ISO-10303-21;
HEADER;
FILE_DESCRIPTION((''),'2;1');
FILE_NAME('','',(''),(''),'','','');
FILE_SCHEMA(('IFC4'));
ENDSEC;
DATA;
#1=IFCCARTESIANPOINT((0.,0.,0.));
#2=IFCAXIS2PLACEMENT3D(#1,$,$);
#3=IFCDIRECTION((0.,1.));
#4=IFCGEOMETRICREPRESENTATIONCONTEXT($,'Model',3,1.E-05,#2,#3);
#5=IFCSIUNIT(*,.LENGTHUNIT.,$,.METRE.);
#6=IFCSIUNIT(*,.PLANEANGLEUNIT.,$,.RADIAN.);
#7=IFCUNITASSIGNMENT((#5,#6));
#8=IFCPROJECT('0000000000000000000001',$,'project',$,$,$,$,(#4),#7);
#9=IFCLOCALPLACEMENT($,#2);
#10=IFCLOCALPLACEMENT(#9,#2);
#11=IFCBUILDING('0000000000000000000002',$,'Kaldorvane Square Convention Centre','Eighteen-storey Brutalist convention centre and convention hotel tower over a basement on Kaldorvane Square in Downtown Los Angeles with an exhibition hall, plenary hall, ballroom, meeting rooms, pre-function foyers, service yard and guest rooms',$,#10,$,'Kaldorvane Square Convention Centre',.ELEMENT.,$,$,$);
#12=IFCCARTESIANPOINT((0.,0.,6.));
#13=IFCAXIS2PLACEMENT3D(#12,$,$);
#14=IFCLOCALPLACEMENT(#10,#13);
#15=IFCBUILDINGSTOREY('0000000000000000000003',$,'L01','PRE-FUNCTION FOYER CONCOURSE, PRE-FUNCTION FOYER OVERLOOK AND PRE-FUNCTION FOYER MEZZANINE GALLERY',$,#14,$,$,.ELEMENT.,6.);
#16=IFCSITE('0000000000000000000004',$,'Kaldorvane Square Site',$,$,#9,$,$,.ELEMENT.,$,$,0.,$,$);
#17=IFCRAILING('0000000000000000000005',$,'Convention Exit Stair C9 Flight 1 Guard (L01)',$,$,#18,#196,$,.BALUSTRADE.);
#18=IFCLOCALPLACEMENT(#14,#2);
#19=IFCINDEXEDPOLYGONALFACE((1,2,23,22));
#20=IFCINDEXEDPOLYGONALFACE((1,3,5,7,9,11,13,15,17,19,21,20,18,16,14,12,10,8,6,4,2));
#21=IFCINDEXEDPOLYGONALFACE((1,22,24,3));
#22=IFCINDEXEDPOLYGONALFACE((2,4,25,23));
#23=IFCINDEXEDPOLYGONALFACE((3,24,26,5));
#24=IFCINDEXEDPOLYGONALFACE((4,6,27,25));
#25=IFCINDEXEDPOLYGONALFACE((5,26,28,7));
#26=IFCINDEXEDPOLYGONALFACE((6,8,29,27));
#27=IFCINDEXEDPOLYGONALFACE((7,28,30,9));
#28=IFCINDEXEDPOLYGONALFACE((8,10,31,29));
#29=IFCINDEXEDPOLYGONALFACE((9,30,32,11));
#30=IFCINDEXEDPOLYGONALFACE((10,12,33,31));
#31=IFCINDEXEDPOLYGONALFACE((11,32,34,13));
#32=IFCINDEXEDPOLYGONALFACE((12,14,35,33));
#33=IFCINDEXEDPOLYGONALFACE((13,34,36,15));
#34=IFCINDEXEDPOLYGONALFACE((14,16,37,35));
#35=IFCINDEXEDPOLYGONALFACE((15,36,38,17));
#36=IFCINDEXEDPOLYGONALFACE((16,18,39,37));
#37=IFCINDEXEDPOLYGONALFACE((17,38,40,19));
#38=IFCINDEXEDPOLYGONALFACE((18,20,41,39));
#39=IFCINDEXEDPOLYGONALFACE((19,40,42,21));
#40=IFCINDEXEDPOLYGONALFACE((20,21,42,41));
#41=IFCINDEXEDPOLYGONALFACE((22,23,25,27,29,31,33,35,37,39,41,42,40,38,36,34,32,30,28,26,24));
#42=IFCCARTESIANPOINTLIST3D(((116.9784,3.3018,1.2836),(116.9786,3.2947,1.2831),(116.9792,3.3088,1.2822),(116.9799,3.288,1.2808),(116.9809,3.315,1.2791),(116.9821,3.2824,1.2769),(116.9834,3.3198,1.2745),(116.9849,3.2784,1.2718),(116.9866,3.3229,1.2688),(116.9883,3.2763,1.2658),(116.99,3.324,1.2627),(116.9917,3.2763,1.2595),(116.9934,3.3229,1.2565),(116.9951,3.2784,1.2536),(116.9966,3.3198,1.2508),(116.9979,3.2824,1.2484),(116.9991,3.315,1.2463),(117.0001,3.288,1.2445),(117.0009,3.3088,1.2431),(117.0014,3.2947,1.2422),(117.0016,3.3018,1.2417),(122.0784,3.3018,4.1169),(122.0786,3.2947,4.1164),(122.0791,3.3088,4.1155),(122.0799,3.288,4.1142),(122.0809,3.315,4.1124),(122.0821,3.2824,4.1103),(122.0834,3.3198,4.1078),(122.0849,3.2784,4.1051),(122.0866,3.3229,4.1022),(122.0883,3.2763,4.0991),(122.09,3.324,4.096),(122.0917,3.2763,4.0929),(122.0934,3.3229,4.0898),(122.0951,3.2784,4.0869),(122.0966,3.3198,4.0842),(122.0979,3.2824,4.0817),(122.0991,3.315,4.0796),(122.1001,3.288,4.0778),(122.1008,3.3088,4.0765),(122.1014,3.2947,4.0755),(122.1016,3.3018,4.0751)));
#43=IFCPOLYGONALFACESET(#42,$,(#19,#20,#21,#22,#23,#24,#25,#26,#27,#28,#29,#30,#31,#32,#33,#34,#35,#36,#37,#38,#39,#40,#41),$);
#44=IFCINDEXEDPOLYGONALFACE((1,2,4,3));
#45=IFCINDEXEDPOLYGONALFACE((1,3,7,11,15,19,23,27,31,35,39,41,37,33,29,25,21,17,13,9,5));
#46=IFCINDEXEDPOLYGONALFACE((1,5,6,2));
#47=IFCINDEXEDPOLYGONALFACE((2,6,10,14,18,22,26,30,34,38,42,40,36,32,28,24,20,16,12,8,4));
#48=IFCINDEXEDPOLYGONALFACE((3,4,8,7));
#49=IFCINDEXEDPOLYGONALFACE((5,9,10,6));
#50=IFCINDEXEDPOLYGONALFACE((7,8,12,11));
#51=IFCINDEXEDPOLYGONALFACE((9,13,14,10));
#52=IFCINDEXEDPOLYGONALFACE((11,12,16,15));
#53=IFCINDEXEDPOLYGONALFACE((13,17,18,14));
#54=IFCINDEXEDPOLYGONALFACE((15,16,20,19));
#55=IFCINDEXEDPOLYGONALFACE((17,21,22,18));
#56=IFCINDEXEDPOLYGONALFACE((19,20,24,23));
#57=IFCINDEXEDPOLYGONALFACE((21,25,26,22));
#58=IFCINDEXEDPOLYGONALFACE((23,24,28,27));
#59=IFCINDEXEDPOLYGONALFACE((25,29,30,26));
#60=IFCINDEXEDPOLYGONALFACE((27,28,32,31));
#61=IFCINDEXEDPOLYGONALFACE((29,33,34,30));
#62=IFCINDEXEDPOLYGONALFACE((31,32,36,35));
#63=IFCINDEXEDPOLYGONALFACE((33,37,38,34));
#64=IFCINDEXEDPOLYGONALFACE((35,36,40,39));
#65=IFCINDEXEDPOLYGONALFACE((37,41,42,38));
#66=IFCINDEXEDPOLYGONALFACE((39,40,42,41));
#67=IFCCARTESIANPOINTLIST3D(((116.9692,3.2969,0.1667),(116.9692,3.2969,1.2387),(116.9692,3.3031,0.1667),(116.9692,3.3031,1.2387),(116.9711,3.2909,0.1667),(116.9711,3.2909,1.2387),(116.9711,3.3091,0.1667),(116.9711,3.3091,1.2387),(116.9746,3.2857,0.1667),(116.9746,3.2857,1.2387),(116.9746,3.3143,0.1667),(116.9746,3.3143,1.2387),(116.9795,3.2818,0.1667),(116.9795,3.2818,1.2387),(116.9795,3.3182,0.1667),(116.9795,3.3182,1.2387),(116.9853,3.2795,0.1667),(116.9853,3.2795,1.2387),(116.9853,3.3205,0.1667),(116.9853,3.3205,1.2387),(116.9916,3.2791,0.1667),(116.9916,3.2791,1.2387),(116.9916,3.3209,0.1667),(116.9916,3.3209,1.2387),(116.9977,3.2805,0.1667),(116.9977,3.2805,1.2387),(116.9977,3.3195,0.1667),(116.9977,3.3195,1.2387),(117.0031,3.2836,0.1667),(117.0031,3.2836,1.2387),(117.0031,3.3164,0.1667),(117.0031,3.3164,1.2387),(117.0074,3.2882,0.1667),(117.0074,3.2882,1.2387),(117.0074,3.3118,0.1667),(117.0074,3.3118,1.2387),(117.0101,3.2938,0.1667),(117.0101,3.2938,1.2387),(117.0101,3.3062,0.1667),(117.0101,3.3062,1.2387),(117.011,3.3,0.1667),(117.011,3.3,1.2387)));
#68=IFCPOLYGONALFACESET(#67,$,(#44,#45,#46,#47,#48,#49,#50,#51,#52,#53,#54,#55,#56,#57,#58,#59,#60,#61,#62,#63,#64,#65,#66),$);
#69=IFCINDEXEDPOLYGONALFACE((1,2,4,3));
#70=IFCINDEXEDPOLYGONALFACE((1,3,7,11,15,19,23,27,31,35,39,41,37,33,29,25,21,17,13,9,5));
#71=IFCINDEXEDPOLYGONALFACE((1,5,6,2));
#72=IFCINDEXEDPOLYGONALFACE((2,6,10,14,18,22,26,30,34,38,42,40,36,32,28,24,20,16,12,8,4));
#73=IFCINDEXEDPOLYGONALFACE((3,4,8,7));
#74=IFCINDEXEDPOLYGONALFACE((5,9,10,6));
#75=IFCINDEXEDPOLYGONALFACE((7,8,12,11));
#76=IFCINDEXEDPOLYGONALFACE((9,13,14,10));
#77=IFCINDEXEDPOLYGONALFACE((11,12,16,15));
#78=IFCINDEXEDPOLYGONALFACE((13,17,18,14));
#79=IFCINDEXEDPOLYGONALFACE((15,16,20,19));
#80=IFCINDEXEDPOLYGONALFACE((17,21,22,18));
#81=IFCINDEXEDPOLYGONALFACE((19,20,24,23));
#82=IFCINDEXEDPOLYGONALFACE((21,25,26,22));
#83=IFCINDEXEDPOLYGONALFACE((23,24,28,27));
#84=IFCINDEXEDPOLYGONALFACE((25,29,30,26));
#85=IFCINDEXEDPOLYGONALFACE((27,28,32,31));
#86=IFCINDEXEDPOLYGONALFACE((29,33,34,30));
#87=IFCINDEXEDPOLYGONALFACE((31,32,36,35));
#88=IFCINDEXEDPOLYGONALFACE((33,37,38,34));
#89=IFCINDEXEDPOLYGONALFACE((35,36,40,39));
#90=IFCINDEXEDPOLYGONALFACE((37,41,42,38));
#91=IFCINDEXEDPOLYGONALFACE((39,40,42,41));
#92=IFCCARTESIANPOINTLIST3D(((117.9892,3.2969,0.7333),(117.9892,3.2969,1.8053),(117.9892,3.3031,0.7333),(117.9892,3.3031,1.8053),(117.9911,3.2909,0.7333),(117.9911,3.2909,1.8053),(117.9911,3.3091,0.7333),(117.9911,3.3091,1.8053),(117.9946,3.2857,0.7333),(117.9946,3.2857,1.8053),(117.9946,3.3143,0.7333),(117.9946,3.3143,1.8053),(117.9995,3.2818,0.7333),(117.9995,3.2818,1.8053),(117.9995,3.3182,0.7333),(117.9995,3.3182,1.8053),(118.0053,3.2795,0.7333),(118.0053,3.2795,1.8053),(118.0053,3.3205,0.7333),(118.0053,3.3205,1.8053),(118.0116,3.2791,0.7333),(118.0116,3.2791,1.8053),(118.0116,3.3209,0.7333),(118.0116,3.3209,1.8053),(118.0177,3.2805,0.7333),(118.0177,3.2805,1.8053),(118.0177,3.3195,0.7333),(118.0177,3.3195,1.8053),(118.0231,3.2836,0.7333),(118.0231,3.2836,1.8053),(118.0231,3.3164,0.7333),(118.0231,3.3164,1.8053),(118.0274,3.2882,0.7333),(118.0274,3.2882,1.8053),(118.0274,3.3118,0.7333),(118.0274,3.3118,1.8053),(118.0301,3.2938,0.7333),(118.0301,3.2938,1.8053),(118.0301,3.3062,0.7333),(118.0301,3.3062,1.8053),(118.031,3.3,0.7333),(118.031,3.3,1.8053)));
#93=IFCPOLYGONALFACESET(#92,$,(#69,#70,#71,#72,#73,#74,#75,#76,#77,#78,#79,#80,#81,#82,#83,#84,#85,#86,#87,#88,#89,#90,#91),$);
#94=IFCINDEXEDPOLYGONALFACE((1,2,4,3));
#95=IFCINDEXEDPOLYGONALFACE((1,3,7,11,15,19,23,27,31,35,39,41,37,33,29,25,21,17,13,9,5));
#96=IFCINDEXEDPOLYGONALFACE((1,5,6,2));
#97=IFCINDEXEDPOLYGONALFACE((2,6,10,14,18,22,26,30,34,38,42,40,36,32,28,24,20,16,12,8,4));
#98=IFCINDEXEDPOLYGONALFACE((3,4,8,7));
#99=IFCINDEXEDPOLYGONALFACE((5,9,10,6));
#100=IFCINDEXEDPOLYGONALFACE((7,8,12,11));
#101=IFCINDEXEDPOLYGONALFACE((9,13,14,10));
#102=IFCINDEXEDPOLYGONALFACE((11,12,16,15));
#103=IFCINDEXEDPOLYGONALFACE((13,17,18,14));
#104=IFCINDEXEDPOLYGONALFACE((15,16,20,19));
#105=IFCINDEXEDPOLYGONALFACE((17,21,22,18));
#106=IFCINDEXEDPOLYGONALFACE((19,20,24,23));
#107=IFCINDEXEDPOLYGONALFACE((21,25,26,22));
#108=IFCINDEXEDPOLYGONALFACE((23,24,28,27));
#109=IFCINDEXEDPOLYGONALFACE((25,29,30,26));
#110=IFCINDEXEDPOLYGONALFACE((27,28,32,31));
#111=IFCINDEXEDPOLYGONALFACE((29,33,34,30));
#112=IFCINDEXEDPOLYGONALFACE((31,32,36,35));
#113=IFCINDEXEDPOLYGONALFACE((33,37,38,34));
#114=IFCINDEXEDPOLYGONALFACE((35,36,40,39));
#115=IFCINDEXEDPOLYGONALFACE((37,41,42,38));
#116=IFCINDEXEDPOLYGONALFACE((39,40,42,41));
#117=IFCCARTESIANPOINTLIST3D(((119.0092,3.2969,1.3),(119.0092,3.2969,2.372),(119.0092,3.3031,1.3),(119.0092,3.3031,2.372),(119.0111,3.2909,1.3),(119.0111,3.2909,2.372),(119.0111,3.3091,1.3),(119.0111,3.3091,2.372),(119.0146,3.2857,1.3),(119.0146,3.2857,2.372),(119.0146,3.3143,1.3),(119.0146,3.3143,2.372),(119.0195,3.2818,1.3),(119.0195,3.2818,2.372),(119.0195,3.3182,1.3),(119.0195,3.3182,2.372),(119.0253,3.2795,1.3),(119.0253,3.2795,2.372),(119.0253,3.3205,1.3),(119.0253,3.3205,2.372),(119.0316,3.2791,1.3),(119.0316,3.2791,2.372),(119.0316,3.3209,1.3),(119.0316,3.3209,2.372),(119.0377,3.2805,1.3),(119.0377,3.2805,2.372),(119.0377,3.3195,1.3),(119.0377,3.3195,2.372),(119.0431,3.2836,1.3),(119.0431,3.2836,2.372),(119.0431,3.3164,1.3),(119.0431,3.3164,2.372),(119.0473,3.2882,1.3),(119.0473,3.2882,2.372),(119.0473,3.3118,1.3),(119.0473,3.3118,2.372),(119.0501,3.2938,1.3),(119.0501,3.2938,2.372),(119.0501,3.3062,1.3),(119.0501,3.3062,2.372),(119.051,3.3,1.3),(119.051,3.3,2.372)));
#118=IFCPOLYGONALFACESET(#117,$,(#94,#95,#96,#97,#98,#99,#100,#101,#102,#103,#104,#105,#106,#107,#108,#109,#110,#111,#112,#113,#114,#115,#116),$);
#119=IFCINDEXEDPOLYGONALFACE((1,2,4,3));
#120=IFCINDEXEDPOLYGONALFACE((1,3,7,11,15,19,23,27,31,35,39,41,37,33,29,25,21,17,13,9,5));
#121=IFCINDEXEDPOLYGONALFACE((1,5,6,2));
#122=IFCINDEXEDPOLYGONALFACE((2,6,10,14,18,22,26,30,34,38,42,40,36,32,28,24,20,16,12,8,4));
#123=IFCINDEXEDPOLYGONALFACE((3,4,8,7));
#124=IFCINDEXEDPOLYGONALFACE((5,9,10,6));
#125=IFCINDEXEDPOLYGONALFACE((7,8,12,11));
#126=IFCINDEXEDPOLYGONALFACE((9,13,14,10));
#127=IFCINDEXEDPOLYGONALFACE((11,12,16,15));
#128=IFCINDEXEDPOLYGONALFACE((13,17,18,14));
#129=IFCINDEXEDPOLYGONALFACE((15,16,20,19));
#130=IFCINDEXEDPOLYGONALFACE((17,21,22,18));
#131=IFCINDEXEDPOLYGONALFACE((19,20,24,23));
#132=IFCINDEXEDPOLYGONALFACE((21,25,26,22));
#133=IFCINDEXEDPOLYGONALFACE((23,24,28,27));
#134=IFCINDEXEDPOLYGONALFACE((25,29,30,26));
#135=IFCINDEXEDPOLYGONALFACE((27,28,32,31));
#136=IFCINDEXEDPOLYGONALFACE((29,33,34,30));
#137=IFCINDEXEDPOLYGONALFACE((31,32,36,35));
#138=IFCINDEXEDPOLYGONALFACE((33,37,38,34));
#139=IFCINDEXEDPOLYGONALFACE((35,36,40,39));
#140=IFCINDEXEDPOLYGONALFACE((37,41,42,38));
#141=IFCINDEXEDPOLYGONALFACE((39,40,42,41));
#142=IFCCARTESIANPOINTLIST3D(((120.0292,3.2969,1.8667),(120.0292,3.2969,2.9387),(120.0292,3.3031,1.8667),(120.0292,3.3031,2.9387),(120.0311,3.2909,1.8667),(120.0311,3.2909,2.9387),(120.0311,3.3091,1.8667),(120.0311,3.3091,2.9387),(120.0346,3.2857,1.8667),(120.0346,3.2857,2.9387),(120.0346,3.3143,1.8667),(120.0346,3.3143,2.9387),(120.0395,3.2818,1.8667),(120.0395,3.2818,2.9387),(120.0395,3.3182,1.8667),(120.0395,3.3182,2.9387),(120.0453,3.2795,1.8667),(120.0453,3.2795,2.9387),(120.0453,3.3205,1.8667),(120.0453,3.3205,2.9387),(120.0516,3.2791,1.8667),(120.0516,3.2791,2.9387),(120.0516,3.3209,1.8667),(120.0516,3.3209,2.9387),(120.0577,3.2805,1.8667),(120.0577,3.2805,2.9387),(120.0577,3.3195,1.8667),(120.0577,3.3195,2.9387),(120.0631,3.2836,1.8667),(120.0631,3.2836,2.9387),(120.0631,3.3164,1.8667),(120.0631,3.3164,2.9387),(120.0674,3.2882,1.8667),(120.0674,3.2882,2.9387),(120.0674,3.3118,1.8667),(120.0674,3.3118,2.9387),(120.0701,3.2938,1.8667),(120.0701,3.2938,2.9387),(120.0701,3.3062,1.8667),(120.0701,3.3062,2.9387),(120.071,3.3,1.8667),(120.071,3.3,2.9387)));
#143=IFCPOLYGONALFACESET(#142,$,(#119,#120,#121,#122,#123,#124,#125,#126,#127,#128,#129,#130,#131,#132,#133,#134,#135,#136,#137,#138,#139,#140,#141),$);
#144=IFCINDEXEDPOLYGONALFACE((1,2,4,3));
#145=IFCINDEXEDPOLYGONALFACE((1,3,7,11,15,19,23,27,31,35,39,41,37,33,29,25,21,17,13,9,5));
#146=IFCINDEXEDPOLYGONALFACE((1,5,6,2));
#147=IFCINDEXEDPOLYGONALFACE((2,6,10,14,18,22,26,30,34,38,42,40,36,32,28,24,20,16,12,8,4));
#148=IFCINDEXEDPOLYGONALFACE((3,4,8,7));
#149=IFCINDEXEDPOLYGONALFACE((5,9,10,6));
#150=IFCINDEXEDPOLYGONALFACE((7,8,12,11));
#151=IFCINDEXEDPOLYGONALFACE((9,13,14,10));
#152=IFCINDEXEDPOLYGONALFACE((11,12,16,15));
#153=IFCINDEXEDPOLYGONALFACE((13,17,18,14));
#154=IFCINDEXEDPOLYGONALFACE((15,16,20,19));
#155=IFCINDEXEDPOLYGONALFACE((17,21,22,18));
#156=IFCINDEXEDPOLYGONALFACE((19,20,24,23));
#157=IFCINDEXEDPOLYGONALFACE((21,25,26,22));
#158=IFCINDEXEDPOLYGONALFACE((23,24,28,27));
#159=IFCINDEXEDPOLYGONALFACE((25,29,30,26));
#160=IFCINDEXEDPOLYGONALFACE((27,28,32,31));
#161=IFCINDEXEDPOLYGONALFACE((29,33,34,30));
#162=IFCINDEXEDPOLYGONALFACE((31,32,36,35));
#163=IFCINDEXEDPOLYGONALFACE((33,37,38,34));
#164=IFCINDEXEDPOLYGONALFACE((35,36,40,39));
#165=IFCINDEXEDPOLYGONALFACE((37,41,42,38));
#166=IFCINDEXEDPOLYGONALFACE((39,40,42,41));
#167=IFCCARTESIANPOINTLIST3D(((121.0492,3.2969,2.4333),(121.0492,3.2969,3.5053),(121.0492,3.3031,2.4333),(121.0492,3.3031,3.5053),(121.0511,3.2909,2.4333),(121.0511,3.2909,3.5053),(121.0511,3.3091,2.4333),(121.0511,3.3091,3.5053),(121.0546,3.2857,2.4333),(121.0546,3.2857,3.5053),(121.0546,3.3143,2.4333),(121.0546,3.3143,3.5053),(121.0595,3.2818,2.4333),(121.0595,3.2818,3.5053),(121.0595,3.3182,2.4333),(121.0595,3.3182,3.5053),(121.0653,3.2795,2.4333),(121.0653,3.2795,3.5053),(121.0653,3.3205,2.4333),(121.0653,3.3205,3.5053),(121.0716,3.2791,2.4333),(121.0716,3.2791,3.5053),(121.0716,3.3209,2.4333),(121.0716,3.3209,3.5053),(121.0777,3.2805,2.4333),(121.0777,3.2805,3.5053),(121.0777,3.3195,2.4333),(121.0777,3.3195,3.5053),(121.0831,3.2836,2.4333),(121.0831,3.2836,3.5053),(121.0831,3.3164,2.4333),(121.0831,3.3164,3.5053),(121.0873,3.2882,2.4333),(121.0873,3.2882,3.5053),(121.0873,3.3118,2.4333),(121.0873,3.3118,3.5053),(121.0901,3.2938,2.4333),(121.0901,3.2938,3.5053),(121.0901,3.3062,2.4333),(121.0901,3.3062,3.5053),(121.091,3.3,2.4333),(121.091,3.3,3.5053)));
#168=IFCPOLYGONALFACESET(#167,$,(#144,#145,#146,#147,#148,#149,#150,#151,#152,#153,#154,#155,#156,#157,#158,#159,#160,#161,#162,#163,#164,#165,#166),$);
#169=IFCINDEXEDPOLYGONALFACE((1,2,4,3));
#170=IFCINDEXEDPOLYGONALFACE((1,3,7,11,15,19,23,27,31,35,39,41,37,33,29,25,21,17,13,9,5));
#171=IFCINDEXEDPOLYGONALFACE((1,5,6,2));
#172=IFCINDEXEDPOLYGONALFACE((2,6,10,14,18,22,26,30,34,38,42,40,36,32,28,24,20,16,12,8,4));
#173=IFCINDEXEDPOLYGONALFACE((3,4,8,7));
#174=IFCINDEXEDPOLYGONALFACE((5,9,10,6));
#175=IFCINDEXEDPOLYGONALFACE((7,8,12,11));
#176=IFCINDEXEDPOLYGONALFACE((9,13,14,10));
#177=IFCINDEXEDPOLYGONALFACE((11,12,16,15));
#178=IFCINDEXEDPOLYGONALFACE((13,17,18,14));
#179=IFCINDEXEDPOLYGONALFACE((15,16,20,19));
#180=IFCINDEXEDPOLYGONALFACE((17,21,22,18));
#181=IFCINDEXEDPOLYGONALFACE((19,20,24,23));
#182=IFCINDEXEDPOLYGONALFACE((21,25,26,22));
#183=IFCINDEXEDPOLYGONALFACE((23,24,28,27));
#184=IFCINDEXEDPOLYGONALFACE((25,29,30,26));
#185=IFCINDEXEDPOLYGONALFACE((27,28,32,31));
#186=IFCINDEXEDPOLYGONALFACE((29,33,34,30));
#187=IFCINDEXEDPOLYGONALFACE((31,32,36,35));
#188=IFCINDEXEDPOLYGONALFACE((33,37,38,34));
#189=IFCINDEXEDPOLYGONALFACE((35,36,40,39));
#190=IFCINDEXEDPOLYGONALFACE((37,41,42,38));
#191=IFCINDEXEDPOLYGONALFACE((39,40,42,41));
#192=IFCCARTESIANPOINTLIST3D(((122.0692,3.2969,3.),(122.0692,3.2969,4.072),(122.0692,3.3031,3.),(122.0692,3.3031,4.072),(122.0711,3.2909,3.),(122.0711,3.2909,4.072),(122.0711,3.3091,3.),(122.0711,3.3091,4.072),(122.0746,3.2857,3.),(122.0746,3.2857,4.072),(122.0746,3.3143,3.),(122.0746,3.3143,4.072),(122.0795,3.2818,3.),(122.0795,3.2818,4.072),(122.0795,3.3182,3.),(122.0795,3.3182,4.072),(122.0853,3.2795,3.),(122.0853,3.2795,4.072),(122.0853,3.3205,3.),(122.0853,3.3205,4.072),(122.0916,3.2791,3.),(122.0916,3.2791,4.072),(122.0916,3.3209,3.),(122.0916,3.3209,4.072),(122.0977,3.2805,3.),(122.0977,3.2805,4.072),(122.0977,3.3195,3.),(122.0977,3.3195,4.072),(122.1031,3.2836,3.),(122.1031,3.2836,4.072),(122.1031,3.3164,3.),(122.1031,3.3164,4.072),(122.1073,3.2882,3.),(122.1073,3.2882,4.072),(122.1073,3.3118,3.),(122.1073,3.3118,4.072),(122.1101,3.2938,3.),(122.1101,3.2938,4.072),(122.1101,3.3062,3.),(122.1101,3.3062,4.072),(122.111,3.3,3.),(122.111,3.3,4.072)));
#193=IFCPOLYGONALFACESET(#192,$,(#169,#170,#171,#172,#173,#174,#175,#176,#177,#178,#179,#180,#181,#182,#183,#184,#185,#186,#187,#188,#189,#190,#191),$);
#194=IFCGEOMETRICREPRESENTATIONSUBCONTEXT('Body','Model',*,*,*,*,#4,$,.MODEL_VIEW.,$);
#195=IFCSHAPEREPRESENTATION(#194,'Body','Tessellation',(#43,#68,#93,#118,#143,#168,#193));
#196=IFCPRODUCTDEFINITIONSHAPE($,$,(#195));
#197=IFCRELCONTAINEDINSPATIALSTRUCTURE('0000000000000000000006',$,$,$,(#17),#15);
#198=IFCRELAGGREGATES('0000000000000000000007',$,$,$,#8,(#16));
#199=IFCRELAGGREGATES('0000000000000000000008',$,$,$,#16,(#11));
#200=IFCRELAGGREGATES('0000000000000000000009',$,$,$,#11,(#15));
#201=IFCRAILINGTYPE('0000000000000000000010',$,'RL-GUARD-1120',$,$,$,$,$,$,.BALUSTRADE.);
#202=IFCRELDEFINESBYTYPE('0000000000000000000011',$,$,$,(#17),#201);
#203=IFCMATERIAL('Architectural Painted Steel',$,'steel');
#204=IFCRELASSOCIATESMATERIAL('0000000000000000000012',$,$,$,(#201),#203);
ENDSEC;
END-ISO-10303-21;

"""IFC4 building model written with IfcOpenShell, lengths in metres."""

from ifc_helpers import new_model, si_unit, direction, frame, origin, origin_2d, place, context, subcontext, project, spatial, circle, extrude, material, type_object, element, save


model = new_model("IFC4")

# Units and contexts
model_context = context("Model", 3, precision=1e-05, world=origin(), true_north=direction((0.0, 1.0)))
body_context = subcontext(model_context, "Body", "Model", "MODEL_VIEW")
ifc_project = project(units=[si_unit("LENGTHUNIT", "METRE"), si_unit("PLANEANGLEUNIT", "RADIAN")], contexts=[model_context])

# Site, building, storey
site_placement = place(None, origin())
site = spatial("IfcSite", under=ifc_project, at=site_placement, Name="Kaldorvane Square Site", CompositionType="ELEMENT", RefElevation=0.0)
building_placement = place(site_placement, origin())
building = spatial("IfcBuilding", under=site, at=building_placement, Name="Kaldorvane Square Convention Centre", Description="Eighteen-storey Brutalist convention centre and convention hotel tower over a basement on Kaldorvane Square in Downtown Los Angeles with an exhibition hall, plenary hall, ballroom, meeting rooms, pre-function foyers, service yard and guest rooms", LongName="Kaldorvane Square Convention Centre", CompositionType="ELEMENT")
storey_placement = place(building_placement, frame((0.0, 0.0, 6.0)))
storey = spatial("IfcBuildingStorey", under=building, at=storey_placement, Name="L01", Description="PRE-FUNCTION FOYER CONCOURSE, PRE-FUNCTION FOYER OVERLOOK AND PRE-FUNCTION FOYER MEZZANINE GALLERY", CompositionType="ELEMENT", Elevation=6.0)

# Railing
ifc_material_1 = material(Name="Architectural Painted Steel", Category="steel")
railing_type_1 = type_object("IfcRailingType", Name="RL-GUARD-1120", PredefinedType="BALUSTRADE", material=ifc_material_1)
railing_1_placement = place(storey_placement, frame((116.99, 3.3, 0.1667)))
element("IfcRailing", 1, at=railing_1_placement, inside=storey, type_object=railing_type_1, Name="Convention Exit Stair C9 Flight 1 Guard (L01)", PredefinedType="BALUSTRADE", context=body_context, shape_type="SweptSolid", body=[
    extrude(circle(Radius=0.024, at=origin_2d()), frame((0.0, 0.0, 1.096), z_axis=(0.874157, 0.0, 0.485643), x_axis=(0.0, 1.0, 0.0)), (0.0, 0.0, 1.0), 5.8342),
    extrude(circle(Radius=0.021, at=origin_2d()), origin(), (0.0, 0.0, 1.0), 1.072),
    extrude(circle(Radius=0.021, at=origin_2d()), frame((1.02, 0.0, 0.5667)), (0.0, 0.0, 1.0), 1.072),
    extrude(circle(Radius=0.021, at=origin_2d()), frame((2.04, 0.0, 1.1333)), (0.0, 0.0, 1.0), 1.072),
    extrude(circle(Radius=0.021, at=origin_2d()), frame((3.06, 0.0, 1.7)), (0.0, 0.0, 1.0), 1.072),
    extrude(circle(Radius=0.021, at=origin_2d()), frame((4.08, 0.0, 2.2667)), (0.0, 0.0, 1.0), 1.072),
    extrude(circle(Radius=0.021, at=origin_2d()), frame((5.1, 0.0, 2.8333)), (0.0, 0.0, 1.0), 1.072),
])

save(model, "model.ifc")
